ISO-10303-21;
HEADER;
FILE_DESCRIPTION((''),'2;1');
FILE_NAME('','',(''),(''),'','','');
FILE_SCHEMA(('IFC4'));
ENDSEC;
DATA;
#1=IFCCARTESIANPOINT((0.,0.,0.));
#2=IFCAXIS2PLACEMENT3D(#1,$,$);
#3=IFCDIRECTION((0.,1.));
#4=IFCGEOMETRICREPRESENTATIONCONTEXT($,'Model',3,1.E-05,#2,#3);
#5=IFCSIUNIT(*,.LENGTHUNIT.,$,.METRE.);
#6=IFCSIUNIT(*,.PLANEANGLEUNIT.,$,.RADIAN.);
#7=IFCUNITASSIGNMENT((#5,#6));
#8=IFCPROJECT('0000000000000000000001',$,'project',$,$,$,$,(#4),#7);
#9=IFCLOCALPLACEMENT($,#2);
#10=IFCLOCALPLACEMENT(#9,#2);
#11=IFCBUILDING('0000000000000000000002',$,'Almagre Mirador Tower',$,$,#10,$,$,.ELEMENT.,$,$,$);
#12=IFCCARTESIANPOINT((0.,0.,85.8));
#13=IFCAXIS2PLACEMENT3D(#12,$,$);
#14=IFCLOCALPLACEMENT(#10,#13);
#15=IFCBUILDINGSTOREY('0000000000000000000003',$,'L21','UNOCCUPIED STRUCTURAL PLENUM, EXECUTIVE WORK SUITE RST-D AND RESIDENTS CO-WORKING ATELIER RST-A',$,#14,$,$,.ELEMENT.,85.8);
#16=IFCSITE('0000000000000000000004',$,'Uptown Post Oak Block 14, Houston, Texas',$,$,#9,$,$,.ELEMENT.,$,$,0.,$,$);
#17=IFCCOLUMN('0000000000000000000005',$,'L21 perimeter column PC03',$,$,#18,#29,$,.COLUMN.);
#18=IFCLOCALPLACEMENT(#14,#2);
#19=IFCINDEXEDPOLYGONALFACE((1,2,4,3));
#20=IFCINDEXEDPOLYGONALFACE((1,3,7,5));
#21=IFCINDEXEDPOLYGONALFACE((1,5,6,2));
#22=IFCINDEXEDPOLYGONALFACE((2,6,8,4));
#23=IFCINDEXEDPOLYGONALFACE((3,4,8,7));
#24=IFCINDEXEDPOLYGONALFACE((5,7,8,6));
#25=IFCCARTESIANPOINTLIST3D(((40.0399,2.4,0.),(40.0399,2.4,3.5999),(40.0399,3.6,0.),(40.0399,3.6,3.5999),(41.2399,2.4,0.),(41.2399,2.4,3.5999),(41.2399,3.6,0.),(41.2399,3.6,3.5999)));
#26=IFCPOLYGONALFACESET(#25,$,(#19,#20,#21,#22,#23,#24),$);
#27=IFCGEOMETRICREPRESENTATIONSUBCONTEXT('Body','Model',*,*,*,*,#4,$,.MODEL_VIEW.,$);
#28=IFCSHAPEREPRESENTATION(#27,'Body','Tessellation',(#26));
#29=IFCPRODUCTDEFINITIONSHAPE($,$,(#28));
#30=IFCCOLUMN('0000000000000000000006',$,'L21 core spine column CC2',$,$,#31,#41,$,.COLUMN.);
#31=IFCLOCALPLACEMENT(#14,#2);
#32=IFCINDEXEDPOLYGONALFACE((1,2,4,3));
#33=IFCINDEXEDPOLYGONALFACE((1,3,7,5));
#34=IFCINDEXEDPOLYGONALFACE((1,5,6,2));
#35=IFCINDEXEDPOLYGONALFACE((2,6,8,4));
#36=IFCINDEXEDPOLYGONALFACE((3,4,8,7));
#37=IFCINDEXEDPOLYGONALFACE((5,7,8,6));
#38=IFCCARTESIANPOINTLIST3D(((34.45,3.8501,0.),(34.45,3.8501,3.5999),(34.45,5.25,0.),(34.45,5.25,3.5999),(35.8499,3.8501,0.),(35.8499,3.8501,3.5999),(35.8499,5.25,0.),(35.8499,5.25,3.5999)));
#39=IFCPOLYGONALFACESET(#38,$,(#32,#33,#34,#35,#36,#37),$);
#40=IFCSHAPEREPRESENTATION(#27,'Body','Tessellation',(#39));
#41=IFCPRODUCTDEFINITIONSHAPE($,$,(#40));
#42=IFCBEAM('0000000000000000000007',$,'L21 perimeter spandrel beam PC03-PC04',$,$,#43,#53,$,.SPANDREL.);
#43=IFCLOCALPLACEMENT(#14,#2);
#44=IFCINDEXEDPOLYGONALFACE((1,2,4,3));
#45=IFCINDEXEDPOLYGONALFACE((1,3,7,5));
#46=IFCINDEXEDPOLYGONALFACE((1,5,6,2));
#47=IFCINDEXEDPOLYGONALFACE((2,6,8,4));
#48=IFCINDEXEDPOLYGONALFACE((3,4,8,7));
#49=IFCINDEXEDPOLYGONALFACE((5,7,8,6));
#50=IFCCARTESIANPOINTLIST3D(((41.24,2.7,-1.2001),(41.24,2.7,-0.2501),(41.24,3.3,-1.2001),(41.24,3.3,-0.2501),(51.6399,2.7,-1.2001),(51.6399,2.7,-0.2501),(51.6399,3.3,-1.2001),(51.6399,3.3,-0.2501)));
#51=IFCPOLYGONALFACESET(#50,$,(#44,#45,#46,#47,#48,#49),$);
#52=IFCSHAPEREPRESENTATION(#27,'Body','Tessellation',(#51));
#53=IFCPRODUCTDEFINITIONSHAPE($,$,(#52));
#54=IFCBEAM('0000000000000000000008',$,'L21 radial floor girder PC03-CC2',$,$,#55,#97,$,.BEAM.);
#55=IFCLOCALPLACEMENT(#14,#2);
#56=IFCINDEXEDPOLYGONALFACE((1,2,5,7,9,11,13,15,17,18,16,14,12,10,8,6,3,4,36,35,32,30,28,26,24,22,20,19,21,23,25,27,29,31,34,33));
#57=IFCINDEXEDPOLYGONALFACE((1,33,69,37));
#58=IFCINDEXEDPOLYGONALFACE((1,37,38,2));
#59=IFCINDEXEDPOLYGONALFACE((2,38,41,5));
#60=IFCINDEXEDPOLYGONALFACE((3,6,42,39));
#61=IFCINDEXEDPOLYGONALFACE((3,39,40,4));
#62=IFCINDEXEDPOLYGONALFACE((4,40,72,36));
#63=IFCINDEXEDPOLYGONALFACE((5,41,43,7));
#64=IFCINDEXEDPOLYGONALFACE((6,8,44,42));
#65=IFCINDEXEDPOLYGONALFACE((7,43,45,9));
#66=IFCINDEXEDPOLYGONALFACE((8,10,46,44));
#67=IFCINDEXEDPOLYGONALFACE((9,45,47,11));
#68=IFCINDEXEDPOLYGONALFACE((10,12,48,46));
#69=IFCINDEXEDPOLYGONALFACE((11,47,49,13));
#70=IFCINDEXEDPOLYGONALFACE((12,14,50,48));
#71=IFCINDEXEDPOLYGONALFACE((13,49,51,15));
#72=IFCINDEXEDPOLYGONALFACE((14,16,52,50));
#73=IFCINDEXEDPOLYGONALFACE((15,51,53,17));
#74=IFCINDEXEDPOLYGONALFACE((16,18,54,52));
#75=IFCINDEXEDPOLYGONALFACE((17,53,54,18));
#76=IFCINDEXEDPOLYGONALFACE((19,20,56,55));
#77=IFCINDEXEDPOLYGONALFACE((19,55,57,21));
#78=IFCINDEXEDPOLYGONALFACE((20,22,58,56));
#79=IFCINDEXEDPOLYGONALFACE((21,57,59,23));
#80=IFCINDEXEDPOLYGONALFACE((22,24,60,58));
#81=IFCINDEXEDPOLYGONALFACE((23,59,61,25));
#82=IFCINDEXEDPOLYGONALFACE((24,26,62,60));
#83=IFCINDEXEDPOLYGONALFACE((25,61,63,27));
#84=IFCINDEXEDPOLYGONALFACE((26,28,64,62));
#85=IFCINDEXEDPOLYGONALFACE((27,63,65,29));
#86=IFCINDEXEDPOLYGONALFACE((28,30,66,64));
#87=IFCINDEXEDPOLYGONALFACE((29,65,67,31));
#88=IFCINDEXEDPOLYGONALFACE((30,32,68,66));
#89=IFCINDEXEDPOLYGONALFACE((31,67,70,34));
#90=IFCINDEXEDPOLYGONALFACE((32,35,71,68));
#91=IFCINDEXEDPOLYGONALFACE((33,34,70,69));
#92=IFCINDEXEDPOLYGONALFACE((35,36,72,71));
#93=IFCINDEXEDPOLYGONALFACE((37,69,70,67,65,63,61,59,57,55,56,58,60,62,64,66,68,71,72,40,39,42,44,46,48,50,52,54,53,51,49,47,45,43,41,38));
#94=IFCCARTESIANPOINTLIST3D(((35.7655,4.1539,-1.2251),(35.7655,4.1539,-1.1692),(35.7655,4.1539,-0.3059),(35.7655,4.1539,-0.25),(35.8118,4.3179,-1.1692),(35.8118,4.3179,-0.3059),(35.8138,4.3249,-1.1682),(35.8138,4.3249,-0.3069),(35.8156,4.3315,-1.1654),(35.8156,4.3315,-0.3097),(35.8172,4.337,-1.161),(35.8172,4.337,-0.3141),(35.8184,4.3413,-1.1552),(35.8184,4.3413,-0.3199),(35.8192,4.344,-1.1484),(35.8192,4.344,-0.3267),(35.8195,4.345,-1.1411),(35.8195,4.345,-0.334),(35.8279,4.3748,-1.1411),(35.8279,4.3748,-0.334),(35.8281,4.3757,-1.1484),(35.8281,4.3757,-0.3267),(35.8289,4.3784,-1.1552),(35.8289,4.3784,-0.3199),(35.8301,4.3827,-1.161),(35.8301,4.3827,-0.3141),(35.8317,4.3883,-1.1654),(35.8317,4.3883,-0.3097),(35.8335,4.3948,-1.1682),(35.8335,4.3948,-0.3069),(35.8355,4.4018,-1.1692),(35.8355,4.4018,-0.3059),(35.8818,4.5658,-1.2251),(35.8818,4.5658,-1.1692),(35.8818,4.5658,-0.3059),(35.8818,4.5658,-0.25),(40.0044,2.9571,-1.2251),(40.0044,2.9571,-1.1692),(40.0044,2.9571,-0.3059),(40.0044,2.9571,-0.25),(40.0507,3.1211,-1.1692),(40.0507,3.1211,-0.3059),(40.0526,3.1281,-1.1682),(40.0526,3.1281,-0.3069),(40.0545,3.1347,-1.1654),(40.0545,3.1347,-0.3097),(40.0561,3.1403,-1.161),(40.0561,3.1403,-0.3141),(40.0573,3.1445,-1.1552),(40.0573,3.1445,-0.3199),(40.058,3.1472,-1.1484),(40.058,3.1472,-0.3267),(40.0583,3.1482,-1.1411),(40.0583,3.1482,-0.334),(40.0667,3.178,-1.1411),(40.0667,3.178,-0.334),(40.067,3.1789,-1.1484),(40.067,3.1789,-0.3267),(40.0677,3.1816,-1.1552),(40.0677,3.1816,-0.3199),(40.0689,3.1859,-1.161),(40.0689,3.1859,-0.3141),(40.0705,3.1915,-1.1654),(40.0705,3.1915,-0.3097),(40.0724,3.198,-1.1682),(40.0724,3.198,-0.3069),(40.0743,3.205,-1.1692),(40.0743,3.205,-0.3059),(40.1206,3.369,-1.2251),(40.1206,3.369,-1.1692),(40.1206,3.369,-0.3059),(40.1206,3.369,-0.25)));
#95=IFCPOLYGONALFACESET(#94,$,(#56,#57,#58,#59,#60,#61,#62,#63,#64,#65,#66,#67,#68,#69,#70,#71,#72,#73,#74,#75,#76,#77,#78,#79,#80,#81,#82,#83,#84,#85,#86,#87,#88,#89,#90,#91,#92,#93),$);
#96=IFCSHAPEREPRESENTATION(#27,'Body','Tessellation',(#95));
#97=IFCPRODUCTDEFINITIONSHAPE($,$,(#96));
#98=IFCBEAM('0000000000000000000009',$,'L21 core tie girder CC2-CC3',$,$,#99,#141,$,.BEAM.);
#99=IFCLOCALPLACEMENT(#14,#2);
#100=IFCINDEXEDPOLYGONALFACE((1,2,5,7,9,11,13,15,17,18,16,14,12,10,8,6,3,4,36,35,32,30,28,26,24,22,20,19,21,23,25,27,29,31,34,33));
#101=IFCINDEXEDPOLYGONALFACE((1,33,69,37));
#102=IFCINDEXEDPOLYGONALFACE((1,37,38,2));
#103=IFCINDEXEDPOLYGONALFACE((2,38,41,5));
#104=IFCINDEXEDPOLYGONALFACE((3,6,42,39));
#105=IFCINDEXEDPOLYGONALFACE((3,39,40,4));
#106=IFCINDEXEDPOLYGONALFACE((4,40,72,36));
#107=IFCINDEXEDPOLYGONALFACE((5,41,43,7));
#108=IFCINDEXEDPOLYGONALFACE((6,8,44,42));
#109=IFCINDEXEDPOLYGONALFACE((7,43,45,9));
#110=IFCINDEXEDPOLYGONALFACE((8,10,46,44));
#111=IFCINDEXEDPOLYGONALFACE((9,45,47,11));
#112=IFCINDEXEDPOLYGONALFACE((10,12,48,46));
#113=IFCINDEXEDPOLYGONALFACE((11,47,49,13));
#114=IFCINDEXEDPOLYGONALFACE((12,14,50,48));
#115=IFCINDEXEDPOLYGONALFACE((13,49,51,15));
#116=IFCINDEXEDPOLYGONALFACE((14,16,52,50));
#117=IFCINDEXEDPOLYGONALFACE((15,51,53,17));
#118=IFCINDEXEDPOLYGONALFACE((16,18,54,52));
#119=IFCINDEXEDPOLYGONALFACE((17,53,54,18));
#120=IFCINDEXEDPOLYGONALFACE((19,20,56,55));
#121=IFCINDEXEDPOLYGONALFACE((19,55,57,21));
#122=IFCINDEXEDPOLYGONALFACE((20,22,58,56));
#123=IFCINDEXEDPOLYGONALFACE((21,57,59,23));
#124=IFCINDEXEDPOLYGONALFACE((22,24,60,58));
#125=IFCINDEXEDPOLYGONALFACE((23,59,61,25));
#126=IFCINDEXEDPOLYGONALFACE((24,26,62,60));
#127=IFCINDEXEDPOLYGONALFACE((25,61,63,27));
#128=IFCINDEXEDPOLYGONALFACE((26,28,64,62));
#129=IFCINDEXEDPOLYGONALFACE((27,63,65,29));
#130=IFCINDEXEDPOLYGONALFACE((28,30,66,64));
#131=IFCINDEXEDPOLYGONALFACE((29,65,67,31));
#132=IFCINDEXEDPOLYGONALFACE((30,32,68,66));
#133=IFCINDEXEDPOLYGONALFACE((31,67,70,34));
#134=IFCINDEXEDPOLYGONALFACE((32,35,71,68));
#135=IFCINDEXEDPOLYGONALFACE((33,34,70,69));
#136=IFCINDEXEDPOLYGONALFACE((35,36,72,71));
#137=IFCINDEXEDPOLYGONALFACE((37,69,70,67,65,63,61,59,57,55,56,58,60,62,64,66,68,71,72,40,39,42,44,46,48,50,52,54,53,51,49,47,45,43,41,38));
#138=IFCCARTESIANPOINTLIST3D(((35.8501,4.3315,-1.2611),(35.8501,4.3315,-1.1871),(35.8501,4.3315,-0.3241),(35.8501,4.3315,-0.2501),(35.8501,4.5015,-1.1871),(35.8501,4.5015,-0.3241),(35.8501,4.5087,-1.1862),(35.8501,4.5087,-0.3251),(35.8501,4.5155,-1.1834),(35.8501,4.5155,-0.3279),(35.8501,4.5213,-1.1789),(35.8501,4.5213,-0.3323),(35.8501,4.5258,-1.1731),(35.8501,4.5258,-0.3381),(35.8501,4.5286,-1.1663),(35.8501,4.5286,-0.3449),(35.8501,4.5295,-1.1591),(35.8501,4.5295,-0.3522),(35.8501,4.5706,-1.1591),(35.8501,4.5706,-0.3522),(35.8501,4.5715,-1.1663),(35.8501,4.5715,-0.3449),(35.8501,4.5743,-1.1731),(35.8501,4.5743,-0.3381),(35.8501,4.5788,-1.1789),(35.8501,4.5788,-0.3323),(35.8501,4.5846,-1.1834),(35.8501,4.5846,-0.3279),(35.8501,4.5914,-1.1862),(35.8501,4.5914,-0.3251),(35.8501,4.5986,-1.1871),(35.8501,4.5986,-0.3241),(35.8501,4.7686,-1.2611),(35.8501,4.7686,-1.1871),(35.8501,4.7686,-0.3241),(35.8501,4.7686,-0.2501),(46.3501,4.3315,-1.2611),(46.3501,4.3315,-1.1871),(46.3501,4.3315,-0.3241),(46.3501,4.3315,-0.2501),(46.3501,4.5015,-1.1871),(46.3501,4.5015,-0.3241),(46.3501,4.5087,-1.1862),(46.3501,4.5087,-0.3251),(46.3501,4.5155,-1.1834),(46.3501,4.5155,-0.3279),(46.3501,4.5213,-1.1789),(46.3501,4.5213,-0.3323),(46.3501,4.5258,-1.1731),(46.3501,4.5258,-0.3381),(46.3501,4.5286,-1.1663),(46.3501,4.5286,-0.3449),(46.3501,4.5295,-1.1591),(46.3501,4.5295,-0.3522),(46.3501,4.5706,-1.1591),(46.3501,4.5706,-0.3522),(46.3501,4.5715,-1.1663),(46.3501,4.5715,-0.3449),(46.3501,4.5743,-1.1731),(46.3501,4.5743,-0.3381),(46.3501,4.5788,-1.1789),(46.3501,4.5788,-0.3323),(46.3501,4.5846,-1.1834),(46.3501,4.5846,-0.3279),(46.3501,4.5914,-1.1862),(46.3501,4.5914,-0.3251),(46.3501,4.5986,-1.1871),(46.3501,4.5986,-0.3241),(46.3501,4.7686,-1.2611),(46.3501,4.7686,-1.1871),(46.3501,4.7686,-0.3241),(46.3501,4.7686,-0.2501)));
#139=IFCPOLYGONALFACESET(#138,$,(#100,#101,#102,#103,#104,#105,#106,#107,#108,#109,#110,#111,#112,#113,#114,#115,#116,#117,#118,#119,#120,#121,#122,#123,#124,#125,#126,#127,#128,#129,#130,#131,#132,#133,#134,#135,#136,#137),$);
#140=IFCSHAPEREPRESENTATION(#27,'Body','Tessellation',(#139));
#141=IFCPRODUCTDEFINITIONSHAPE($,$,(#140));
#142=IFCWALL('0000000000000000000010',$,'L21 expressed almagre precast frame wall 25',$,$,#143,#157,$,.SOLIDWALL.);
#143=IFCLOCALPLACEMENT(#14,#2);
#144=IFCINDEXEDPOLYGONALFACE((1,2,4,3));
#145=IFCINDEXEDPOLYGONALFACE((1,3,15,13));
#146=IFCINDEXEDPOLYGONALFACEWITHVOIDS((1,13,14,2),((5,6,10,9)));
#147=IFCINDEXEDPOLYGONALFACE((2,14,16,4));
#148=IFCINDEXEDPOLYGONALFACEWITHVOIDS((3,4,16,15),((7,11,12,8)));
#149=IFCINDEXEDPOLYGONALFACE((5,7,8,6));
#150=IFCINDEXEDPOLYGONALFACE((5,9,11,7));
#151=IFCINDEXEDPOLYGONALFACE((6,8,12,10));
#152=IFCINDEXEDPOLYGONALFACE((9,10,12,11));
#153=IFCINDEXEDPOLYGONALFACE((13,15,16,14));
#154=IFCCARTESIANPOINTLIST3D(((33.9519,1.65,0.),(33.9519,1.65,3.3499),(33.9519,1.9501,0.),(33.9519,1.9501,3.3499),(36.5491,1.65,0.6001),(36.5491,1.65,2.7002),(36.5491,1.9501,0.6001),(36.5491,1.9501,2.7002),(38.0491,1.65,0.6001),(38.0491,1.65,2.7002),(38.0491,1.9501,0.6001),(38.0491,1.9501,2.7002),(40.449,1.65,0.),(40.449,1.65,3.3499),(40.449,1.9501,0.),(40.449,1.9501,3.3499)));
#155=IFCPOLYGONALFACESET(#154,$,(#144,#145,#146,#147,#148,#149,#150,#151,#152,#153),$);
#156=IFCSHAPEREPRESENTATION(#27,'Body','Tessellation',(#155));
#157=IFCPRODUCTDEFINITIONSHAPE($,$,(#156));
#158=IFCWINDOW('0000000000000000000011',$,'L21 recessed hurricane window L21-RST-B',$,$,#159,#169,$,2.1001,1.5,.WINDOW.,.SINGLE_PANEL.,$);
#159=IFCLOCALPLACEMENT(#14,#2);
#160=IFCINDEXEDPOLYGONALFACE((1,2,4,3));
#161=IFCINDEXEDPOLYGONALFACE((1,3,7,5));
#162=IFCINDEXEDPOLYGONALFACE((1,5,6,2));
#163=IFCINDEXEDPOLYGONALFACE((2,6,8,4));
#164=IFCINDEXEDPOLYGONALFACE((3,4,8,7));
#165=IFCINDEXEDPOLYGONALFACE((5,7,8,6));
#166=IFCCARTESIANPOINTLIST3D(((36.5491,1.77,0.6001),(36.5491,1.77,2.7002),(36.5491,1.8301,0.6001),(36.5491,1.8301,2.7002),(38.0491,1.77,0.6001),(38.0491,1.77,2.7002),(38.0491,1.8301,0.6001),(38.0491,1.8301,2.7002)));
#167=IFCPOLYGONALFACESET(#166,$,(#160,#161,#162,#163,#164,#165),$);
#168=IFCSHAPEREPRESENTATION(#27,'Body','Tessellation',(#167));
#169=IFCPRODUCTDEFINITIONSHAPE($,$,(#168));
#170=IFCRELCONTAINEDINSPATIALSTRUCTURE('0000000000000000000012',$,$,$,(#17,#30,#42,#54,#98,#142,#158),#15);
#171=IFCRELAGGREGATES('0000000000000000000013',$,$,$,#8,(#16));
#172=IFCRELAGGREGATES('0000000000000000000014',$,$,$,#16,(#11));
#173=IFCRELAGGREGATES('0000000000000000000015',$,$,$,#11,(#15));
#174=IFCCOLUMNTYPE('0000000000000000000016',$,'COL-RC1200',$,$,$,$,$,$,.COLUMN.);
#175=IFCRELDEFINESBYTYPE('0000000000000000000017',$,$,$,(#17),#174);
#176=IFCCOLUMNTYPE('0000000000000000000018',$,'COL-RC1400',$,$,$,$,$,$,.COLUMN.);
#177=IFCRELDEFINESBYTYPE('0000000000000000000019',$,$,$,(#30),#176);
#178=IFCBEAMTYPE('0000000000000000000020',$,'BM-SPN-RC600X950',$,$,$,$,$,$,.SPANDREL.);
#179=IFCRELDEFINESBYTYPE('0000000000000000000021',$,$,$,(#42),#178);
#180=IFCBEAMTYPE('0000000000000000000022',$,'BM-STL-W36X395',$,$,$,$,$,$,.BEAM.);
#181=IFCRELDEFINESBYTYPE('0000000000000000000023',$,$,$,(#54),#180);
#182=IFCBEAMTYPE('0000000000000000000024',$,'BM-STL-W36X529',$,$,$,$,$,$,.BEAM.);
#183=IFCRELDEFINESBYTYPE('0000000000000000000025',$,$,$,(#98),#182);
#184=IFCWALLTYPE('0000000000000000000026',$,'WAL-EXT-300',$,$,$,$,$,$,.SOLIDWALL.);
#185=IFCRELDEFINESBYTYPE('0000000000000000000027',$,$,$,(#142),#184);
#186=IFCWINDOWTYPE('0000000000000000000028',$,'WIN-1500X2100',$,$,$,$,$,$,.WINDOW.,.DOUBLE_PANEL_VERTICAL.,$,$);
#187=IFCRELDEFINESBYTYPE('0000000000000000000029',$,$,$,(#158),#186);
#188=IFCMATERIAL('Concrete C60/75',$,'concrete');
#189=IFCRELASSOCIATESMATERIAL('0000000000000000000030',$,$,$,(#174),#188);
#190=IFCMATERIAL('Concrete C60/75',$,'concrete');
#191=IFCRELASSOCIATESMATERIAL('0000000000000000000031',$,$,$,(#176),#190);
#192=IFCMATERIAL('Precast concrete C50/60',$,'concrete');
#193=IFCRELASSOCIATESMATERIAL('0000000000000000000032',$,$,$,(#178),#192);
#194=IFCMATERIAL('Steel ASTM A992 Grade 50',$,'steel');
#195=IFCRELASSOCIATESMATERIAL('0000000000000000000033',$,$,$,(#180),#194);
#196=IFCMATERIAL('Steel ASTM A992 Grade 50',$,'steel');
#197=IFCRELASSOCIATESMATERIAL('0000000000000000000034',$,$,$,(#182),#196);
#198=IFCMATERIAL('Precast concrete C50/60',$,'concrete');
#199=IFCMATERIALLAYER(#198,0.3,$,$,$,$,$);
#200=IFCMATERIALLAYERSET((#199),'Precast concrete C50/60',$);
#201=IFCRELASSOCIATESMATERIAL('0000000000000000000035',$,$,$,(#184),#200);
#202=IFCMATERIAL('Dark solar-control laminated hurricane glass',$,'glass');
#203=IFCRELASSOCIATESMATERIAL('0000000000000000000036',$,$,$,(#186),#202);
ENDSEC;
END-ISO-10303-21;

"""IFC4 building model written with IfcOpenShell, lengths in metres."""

from ifc_helpers import new_model, si_unit, direction, frame, frame_2d, origin, origin_2d, place, context, subcontext, project, spatial, rectangle, i_section, extrude, material, layer, layer_set, material_profile, profile_set, type_object, element, fill, save


model = new_model("IFC4")

# Units and contexts
model_context = context("Model", 3, precision=1e-05, world=origin(), true_north=direction((0.0, 1.0)))
body_context = subcontext(model_context, "Body", "Model", "MODEL_VIEW")
ifc_project = project(units=[si_unit("LENGTHUNIT", "METRE"), si_unit("PLANEANGLEUNIT", "RADIAN")], contexts=[model_context])

# Site, building, storey
site_placement = place(None, origin())
site = spatial("IfcSite", under=ifc_project, at=site_placement, Name="Uptown Post Oak Block 14, Houston, Texas", CompositionType="ELEMENT", RefElevation=0.0)
building_placement = place(site_placement, origin())
building = spatial("IfcBuilding", under=site, at=building_placement, Name="Almagre Mirador Tower", CompositionType="ELEMENT")
storey_placement = place(building_placement, frame((0.0, 0.0, 85.8)))
storey = spatial("IfcBuildingStorey", under=building, at=storey_placement, Name="L21", Description="UNOCCUPIED STRUCTURAL PLENUM, EXECUTIVE WORK SUITE RST-D AND RESIDENTS CO-WORKING ATELIER RST-A", CompositionType="ELEMENT", Elevation=85.8)

# Columns
ifc_material_1 = material(Name="Concrete C60/75", Category="concrete")
ifc_material_profile_1 = material_profile(ifc_material_1, rectangle(XDim=1.2, YDim=1.2, at=origin_2d()), Name="RC1200X1200")
ifc_profile_set_1 = profile_set([ifc_material_profile_1], Name="Concrete C60/75")
column_type_1 = type_object("IfcColumnType", Name="COL-RC1200", PredefinedType="COLUMN", material=ifc_profile_set_1)
column_1_placement = place(storey_placement, frame((40.6399, 3.0, 0.0), z_axis=(0.0, 0.0, 1.0), x_axis=(1.0, 0.0, 0.0)))
element("IfcColumn", 1, at=column_1_placement, inside=storey, type_object=column_type_1, Name="L21 perimeter column PC03", PredefinedType="COLUMN", context=body_context, shape_type="SweptSolid", body=[
    extrude(rectangle(XDim=1.2, YDim=1.2, at=origin_2d()), origin(), (0.0, 0.0, 1.0), 3.5999),
])
ifc_material_2 = material(Name="Concrete C60/75", Category="concrete")
ifc_material_profile_2 = material_profile(ifc_material_2, rectangle(XDim=1.3999, YDim=1.3999, at=origin_2d()), Name="RC1400X1400")
ifc_profile_set_2 = profile_set([ifc_material_profile_2], Name="Concrete C60/75")
column_type_2 = type_object("IfcColumnType", Name="COL-RC1400", PredefinedType="COLUMN", material=ifc_profile_set_2)
column_2_placement = place(storey_placement, frame((35.1499, 4.55, 0.0), z_axis=(0.0, 0.0, 1.0), x_axis=(1.0, 0.0, 0.0)))
element("IfcColumn", 2, at=column_2_placement, inside=storey, type_object=column_type_2, Name="L21 core spine column CC2", PredefinedType="COLUMN", context=body_context, shape_type="SweptSolid", body=[
    extrude(rectangle(XDim=1.3999, YDim=1.3999, at=origin_2d()), origin(), (0.0, 0.0, 1.0), 3.5999),
])

# Beams
ifc_material_3 = material(Name="Precast concrete C50/60", Category="concrete")
ifc_material_profile_3 = material_profile(ifc_material_3, rectangle(XDim=0.6001, YDim=0.95, at=origin_2d()), Name="RC600X950")
ifc_profile_set_3 = profile_set([ifc_material_profile_3], Name="Precast concrete C50/60")
beam_type_1 = type_object("IfcBeamType", Name="BM-SPN-RC600X950", PredefinedType="SPANDREL", material=ifc_profile_set_3)
beam_1_placement = place(storey_placement, frame((41.24, 3.0, -0.7251), z_axis=(1.0, 0.0, 0.0), x_axis=(0.0, 1.0, 0.0)))
element("IfcBeam", 3, at=beam_1_placement, inside=storey, type_object=beam_type_1, Name="L21 perimeter spandrel beam PC03-PC04", PredefinedType="SPANDREL", context=body_context, shape_type="SweptSolid", body=[
    extrude(rectangle(XDim=0.6001, YDim=0.95, at=origin_2d()), origin(), (0.0, 0.0, 1.0), 10.3999),
])
ifc_material_4 = material(Name="Steel ASTM A992 Grade 50", Category="steel")
ifc_material_profile_4 = material_profile(ifc_material_4, i_section(OverallWidth=0.428, OverallDepth=0.9751, WebThickness=0.031, FlangeThickness=0.0559, FilletRadius=0.0281, at=origin_2d()), Name="W36X395")
ifc_profile_set_4 = profile_set([ifc_material_profile_4], Name="Steel ASTM A992 Grade 50")
beam_type_2 = type_object("IfcBeamType", Name="BM-STL-W36X395", PredefinedType="BEAM", material=ifc_profile_set_4)
beam_2_placement = place(storey_placement, frame((40.0625, 3.1631, -0.7375), z_axis=(-0.962377, 0.271718, 0.0), x_axis=(-0.271718, -0.962377, 0.0)))
element("IfcBeam", 4, at=beam_2_placement, inside=storey, type_object=beam_type_2, Name="L21 radial floor girder PC03-CC2", PredefinedType="BEAM", context=body_context, shape_type="SweptSolid", body=[
    extrude(i_section(OverallWidth=0.428, OverallDepth=0.9751, WebThickness=0.031, FlangeThickness=0.0559, FilletRadius=0.0281, at=origin_2d()), origin(), (0.0, 0.0, 1.0), 4.4045),
])
ifc_material_5 = material(Name="Steel ASTM A992 Grade 50", Category="steel")
ifc_material_profile_5 = material_profile(ifc_material_5, i_section(OverallWidth=0.437, OverallDepth=1.011, WebThickness=0.041, FlangeThickness=0.074, FilletRadius=0.0281, at=origin_2d()), Name="W36X529")
ifc_profile_set_5 = profile_set([ifc_material_profile_5], Name="Steel ASTM A992 Grade 50")
beam_type_3 = type_object("IfcBeamType", Name="BM-STL-W36X529", PredefinedType="BEAM", material=ifc_profile_set_5)
beam_3_placement = place(storey_placement, frame((35.8501, 4.55, -0.7556), z_axis=(1.0, 0.0, 0.0), x_axis=(0.0, 1.0, 0.0)))
element("IfcBeam", 5, at=beam_3_placement, inside=storey, type_object=beam_type_3, Name="L21 core tie girder CC2-CC3", PredefinedType="BEAM", context=body_context, shape_type="SweptSolid", body=[
    extrude(i_section(OverallWidth=0.437, OverallDepth=1.011, WebThickness=0.041, FlangeThickness=0.074, FilletRadius=0.0281, at=origin_2d()), origin(), (0.0, 0.0, 1.0), 10.5),
])

# Wall, opening, window
ifc_material_6 = material(Name="Precast concrete C50/60", Category="concrete")
ifc_layer_1 = layer(ifc_material_6, 0.3)
ifc_layer_set_1 = layer_set([ifc_layer_1], Name="Precast concrete C50/60")
wall_type_1 = type_object("IfcWallType", Name="WAL-EXT-300", PredefinedType="SOLIDWALL", material=ifc_layer_set_1)
wall_1_placement = place(storey_placement, frame((40.449, 1.8, 0.0), z_axis=(0.0, 0.0, 1.0), x_axis=(-1.0, 0.0, 0.0)))
wall_1 = element("IfcWall", 6, at=wall_1_placement, inside=storey, type_object=wall_type_1, Name="L21 expressed almagre precast frame wall 25", PredefinedType="SOLIDWALL", context=body_context, shape_type="SweptSolid", body=[
    extrude(rectangle(XDim=6.4971, YDim=0.3, at=frame_2d((3.2485, 0.0))), origin(), (0.0, 0.0, 1.0), 3.3499),
])
opening_1_placement = place(wall_1_placement, frame((2.3999, 0.0, 0.6001)))
opening_1 = element("IfcOpeningElement", 7, at=opening_1_placement, cuts=wall_1, PredefinedType="OPENING", context=body_context, shape_type="SweptSolid", body=[
    extrude(rectangle(XDim=1.5, YDim=2.1001, at=frame_2d((0.75, 1.05))), frame((0.0, 0.1599, 0.0), z_axis=(0.0, -1.0, 0.0), x_axis=(1.0, 0.0, 0.0)), (0.0, 0.0, 1.0), 0.32),
])
ifc_material_7 = material(Name="Dark solar-control laminated hurricane glass", Category="glass")
window_type = type_object("IfcWindowType", Name="WIN-1500X2100", PartitioningType="DOUBLE_PANEL_VERTICAL", PredefinedType="WINDOW", material=ifc_material_7)
window_placement = place(opening_1_placement, origin())
window = element("IfcWindow", 8, at=window_placement, inside=storey, type_object=window_type, Name="L21 recessed hurricane window L21-RST-B", OverallHeight=2.1001, OverallWidth=1.5, PartitioningType="SINGLE_PANEL", PredefinedType="WINDOW", context=body_context, shape_type="SweptSolid", body=[
    extrude(rectangle(XDim=1.5, YDim=2.1001, at=frame_2d((0.75, 1.05))), frame((0.0, 0.03, 0.0), z_axis=(0.0, -1.0, 0.0), x_axis=(1.0, 0.0, 0.0)), (0.0, 0.0, 1.0), 0.0601),
])
fill(opening_1, window)

save(model, "model.ifc")
